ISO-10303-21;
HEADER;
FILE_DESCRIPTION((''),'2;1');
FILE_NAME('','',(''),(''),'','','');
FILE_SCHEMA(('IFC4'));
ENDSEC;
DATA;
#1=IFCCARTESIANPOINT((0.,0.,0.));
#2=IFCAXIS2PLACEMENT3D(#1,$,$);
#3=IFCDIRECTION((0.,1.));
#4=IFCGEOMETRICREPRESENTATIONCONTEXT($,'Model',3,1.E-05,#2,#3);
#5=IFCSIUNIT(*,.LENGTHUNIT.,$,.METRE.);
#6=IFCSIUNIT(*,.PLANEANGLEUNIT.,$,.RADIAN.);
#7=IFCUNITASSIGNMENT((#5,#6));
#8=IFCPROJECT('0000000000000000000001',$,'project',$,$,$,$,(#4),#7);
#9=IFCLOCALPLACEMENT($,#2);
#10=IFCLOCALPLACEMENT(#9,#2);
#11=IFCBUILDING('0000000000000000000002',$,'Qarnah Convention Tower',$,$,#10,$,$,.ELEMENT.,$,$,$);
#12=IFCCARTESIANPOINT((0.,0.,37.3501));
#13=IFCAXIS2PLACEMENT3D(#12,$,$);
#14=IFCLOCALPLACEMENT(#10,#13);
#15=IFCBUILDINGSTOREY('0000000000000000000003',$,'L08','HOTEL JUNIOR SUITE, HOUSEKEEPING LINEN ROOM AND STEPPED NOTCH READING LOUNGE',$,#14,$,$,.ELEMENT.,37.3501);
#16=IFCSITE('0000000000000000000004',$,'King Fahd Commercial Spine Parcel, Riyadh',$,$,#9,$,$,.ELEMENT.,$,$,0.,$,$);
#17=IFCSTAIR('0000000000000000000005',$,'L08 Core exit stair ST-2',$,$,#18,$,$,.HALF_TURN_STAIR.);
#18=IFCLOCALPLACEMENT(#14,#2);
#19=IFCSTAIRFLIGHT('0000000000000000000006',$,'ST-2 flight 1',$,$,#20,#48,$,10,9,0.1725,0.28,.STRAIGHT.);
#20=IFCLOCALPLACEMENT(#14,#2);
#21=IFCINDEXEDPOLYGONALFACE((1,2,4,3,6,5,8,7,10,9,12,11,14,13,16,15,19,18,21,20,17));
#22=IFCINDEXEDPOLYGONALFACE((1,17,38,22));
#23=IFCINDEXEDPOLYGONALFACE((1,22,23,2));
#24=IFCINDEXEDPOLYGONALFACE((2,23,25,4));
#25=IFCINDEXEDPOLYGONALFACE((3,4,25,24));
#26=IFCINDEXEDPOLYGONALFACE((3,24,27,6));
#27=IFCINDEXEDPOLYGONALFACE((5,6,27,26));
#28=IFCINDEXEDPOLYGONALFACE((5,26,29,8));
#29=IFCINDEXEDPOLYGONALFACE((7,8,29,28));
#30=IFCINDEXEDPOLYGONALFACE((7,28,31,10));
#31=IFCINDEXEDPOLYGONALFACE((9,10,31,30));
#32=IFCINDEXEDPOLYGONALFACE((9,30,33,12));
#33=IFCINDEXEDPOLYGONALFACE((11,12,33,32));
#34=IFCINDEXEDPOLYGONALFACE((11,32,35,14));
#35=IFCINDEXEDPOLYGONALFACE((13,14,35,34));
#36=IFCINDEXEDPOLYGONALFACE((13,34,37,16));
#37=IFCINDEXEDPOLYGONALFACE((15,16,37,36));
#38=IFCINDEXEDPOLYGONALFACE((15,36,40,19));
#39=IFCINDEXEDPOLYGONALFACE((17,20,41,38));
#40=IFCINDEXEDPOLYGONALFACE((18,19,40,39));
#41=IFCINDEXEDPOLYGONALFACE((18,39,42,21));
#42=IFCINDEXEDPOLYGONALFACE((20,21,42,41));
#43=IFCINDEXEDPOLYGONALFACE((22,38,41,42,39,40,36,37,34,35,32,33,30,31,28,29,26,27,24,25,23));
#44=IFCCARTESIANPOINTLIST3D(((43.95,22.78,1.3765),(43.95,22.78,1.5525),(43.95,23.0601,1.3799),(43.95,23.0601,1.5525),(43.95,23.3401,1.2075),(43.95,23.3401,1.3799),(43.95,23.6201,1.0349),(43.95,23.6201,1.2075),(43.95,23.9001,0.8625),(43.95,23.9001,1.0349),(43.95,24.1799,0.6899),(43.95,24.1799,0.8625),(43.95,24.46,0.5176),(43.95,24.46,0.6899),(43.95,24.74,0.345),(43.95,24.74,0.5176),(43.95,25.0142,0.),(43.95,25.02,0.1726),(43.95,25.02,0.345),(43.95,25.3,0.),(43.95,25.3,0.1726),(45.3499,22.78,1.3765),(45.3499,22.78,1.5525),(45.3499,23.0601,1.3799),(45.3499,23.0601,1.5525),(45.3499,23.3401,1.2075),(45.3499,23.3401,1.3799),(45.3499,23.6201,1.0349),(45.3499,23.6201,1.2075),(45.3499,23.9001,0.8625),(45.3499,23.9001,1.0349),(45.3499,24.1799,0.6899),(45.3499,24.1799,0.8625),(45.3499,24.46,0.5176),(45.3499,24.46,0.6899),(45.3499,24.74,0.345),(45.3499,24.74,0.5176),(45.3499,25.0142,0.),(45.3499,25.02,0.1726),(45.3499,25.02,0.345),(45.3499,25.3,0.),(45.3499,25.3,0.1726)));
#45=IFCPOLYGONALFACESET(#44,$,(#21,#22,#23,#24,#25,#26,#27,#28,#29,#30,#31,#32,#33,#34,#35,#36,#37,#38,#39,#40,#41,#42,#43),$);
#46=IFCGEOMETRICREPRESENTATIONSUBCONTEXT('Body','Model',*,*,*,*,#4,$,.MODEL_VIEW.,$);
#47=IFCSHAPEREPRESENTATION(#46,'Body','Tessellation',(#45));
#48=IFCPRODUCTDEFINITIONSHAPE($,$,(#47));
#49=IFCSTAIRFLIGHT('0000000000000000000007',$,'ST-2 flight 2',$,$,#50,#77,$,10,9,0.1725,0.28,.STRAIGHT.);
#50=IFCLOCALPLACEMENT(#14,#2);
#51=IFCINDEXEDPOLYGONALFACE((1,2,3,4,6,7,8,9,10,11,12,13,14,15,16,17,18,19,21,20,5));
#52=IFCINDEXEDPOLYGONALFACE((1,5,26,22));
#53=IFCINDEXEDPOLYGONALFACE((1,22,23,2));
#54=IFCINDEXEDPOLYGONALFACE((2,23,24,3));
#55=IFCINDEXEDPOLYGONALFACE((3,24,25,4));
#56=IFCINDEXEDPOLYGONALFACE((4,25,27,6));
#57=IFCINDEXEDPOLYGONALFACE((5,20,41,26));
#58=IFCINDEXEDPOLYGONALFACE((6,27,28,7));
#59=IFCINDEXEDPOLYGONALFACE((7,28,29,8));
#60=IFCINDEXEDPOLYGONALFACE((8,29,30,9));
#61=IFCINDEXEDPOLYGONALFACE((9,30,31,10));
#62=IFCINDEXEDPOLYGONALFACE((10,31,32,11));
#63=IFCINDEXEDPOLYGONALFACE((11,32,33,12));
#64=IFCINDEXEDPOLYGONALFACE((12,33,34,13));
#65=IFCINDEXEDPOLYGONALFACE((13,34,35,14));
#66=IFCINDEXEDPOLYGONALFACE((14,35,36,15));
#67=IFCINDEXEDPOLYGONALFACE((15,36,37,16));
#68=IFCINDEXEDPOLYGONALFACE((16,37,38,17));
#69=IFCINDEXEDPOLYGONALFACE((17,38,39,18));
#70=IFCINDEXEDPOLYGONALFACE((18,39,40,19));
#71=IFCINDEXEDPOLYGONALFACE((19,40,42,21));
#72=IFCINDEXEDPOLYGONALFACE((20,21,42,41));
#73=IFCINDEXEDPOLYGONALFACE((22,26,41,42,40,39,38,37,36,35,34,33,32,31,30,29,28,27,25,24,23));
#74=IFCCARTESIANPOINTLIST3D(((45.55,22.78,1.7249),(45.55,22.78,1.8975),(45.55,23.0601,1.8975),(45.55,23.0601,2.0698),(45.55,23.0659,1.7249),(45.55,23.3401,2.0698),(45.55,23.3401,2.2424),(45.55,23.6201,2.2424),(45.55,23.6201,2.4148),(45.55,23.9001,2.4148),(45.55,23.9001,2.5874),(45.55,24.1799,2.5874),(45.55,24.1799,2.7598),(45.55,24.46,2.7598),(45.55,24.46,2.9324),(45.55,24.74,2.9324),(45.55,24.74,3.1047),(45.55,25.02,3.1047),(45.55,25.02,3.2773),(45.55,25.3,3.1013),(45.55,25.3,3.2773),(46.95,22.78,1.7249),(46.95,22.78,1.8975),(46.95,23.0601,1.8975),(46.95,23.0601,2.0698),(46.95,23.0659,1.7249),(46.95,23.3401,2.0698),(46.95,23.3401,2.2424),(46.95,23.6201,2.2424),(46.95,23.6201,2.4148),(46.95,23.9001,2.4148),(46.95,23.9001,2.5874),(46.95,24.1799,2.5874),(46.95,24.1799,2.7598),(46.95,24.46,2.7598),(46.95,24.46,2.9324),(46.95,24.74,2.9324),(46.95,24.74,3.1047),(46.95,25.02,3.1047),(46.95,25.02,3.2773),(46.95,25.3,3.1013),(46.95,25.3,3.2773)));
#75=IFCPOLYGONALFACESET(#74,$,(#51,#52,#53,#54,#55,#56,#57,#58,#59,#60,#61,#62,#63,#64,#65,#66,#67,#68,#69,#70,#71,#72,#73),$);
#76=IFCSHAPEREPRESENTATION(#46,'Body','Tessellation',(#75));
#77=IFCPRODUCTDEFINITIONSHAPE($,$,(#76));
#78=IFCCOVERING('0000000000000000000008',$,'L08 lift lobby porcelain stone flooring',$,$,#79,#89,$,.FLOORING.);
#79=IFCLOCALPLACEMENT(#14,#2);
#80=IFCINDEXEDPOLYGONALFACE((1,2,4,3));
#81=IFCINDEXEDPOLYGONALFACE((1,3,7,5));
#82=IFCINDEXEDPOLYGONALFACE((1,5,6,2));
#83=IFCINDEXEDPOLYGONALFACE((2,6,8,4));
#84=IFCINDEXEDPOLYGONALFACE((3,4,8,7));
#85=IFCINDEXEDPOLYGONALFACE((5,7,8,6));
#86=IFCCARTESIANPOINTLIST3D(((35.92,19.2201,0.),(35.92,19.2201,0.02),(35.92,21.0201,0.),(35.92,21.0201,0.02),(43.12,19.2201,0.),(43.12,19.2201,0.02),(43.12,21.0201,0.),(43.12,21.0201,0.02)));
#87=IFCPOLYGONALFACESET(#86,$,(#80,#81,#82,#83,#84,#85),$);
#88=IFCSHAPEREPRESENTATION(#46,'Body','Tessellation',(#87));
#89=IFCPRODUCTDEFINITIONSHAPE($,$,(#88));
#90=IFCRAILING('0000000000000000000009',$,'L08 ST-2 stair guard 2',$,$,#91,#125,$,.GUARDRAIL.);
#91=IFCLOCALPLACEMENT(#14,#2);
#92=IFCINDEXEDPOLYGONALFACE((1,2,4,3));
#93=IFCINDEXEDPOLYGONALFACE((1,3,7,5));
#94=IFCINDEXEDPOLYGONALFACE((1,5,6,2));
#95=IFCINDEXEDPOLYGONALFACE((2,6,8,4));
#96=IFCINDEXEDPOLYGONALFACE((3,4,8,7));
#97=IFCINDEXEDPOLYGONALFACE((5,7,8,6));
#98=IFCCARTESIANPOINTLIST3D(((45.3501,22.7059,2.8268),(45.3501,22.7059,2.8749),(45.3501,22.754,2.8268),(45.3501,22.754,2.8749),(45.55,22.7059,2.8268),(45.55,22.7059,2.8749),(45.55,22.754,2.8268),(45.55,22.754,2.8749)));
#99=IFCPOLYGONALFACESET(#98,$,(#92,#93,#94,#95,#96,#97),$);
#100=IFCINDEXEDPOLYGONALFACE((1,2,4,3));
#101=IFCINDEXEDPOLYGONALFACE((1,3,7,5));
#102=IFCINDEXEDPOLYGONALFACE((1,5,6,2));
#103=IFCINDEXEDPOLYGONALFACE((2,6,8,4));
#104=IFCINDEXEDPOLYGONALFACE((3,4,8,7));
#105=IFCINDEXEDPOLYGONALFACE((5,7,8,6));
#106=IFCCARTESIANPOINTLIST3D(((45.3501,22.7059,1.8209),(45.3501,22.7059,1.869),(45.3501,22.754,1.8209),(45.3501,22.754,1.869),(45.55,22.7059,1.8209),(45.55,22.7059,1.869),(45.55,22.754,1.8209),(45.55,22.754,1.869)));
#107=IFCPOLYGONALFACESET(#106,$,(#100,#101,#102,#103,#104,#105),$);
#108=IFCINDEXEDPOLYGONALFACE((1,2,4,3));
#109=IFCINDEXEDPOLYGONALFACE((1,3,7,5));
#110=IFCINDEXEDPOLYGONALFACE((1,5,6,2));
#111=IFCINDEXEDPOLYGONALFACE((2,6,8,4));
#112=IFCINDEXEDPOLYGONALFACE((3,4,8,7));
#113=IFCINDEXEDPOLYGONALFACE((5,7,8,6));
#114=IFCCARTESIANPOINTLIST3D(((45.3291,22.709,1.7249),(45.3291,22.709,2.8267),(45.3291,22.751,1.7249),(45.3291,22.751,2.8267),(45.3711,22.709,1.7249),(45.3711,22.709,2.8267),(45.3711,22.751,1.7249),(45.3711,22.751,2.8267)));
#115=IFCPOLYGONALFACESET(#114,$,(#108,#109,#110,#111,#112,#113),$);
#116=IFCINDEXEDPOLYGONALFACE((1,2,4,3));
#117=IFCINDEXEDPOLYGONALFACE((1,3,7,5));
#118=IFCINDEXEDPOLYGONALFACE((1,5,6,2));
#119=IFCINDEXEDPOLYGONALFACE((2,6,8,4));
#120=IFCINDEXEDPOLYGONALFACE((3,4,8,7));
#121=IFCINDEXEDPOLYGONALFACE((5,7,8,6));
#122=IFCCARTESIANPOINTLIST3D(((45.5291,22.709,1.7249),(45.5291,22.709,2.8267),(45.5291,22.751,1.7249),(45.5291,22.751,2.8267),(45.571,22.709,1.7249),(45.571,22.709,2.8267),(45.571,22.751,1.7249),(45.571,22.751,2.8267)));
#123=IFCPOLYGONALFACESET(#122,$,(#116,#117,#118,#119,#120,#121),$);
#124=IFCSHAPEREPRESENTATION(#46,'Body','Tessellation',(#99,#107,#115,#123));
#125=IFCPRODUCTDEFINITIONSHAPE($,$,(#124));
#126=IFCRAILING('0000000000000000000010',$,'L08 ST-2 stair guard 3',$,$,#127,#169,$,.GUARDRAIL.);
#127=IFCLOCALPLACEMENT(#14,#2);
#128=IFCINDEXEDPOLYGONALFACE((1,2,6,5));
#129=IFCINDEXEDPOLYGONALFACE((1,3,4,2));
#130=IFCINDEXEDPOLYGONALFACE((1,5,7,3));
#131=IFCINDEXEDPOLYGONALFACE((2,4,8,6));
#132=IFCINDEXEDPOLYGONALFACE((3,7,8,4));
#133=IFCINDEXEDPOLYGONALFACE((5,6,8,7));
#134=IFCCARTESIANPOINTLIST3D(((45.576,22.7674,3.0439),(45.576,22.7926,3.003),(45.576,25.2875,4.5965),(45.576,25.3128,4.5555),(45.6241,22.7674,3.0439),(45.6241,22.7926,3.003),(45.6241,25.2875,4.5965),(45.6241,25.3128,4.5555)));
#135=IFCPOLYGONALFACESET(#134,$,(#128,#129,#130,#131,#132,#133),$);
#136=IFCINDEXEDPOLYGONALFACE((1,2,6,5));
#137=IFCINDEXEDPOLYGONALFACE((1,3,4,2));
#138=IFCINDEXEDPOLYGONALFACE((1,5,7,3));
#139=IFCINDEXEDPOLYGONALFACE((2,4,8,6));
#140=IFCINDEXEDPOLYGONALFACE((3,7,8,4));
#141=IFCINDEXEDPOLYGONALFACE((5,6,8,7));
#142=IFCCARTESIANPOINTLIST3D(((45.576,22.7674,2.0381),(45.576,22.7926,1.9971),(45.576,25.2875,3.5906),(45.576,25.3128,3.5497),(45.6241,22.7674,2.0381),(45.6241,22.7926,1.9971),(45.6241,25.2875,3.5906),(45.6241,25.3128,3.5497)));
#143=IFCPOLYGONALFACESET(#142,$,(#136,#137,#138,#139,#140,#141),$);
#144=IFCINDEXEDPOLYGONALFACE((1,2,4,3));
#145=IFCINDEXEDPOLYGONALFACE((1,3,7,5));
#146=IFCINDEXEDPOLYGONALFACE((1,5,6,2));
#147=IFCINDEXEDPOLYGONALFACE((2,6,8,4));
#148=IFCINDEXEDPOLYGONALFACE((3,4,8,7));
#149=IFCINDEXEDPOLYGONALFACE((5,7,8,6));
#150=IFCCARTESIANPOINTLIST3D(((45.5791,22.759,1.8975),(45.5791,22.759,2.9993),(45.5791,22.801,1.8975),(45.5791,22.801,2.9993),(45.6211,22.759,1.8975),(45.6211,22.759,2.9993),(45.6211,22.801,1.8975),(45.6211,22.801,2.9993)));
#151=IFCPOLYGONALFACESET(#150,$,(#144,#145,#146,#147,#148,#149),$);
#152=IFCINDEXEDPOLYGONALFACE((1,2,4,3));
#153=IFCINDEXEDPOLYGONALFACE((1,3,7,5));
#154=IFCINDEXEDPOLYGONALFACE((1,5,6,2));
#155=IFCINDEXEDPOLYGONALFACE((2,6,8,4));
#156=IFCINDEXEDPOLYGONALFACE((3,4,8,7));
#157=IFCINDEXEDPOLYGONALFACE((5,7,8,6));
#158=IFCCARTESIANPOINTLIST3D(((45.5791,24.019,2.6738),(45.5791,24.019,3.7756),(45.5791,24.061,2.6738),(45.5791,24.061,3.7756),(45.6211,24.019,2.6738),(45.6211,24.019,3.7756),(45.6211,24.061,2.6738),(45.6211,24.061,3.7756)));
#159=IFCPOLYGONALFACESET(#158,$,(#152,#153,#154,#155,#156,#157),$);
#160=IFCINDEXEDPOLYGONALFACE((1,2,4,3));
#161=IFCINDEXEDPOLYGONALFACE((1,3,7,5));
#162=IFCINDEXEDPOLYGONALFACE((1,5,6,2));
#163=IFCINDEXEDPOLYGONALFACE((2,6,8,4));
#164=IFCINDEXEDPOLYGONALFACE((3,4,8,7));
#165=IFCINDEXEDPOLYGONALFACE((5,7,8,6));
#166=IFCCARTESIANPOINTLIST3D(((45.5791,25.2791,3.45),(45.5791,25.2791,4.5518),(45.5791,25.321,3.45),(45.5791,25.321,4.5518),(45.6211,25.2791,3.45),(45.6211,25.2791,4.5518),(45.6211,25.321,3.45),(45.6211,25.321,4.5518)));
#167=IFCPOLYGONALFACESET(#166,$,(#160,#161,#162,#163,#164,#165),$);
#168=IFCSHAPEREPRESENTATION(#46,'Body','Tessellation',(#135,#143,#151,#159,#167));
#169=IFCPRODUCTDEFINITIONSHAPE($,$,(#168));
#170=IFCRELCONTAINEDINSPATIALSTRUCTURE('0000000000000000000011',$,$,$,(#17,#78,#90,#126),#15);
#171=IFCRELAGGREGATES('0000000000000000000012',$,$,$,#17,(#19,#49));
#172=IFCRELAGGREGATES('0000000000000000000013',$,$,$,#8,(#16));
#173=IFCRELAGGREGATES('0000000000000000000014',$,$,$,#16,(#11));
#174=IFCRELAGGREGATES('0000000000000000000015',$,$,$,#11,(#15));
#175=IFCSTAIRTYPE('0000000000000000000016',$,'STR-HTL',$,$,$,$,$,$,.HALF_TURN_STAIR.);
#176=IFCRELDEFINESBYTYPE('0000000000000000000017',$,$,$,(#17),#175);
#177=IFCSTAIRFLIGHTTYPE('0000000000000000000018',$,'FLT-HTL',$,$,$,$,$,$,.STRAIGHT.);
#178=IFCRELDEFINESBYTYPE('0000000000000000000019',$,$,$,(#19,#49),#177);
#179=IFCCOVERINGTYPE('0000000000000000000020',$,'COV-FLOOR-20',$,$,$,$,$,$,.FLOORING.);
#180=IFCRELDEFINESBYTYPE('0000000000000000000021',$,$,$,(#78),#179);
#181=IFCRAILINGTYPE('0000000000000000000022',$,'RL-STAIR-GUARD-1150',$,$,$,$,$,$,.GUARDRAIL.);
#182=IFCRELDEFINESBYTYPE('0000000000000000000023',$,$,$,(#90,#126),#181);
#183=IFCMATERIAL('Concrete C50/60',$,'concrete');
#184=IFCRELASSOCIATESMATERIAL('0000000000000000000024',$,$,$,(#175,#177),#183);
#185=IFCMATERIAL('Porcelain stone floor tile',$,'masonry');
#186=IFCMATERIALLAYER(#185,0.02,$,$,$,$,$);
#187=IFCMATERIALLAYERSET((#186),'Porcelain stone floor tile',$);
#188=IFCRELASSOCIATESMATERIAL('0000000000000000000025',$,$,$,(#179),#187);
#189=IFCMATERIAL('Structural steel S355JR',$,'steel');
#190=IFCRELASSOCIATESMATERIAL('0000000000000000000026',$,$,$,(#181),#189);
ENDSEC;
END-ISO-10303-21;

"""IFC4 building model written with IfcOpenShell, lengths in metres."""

from ifc_helpers import new_model, si_unit, direction, frame, origin, origin_2d, place, context, subcontext, project, spatial, polyline, rectangle, outline, extrude, material, layer, layer_set, type_object, element, aggregate, save


model = new_model("IFC4")

# Units and contexts
model_context = context("Model", 3, precision=1e-05, world=origin(), true_north=direction((0.0, 1.0)))
body_context = subcontext(model_context, "Body", "Model", "MODEL_VIEW")
ifc_project = project(units=[si_unit("LENGTHUNIT", "METRE"), si_unit("PLANEANGLEUNIT", "RADIAN")], contexts=[model_context])

# Site, building, storey
site_placement = place(None, origin())
site = spatial("IfcSite", under=ifc_project, at=site_placement, Name="King Fahd Commercial Spine Parcel, Riyadh", CompositionType="ELEMENT", RefElevation=0.0)
building_placement = place(site_placement, origin())
building = spatial("IfcBuilding", under=site, at=building_placement, Name="Qarnah Convention Tower", CompositionType="ELEMENT")
storey_placement = place(building_placement, frame((0.0, 0.0, 37.3501)))
storey = spatial("IfcBuildingStorey", under=building, at=storey_placement, Name="L08", Description="HOTEL JUNIOR SUITE, HOUSEKEEPING LINEN ROOM AND STEPPED NOTCH READING LOUNGE", CompositionType="ELEMENT", Elevation=37.3501)

# Shared definitions
ifc_material_1 = material(Name="Structural steel S355JR", Category="steel")

# Stair, stair flights
ifc_material_2 = material(Name="Concrete C50/60", Category="concrete")
stair_type = type_object("IfcStairType", Name="STR-HTL", PredefinedType="HALF_TURN_STAIR", material=ifc_material_2)
stair_placement = place(storey_placement, origin())
stair = element("IfcStair", 1, at=stair_placement, inside=storey, type_object=stair_type, Name="L08 Core exit stair ST-2", PredefinedType="HALF_TURN_STAIR")
stair_flight_type = type_object("IfcStairFlightType", Name="FLT-HTL", PredefinedType="STRAIGHT", material=ifc_material_2)
stair_flight_1_placement = place(storey_placement, frame((44.6499, 25.3, 0.0), z_axis=(0.0, 0.0, 1.0), x_axis=(0.0, -1.0, 0.0)))
stair_flight_1 = element("IfcStairFlight", 2, at=stair_flight_1_placement, type_object=stair_flight_type, Name="ST-2 flight 1", NumberOfRisers=10, NumberOfTreads=9, PredefinedType="STRAIGHT", RiserHeight=0.1725, TreadLength=0.28, context=body_context, shape_type="SweptSolid", body=[
    extrude(outline(polyline([(0.0, 0.0), (0.0, 0.1726), (0.28, 0.1726), (0.28, 0.345), (0.5601, 0.345), (0.5601, 0.5176), (0.8401, 0.5176), (0.8401, 0.6899), (1.1201, 0.6899), (1.1201, 0.8625), (1.3999, 0.8625), (1.3999, 1.0349), (1.6799, 1.0349), (1.6799, 1.2075), (1.96, 1.2075), (1.96, 1.3799), (2.24, 1.3799), (2.24, 1.5525), (2.52, 1.5525), (2.52, 1.7251), (2.52, 1.3765), (0.2859, 0.0), (0.0, 0.0)])), frame((0.0, 0.7, 0.0), z_axis=(0.0, -1.0, 0.0), x_axis=(1.0, 0.0, 0.0)), (0.0, 0.0, 1.0), 1.3999),
])
stair_flight_2_placement = place(storey_placement, frame((46.25, 22.78, 1.7249), z_axis=(0.0, 0.0, 1.0), x_axis=(0.0, 1.0, 0.0)))
stair_flight_2 = element("IfcStairFlight", 3, at=stair_flight_2_placement, type_object=stair_flight_type, Name="ST-2 flight 2", NumberOfRisers=10, NumberOfTreads=9, PredefinedType="STRAIGHT", RiserHeight=0.1725, TreadLength=0.28, context=body_context, shape_type="SweptSolid", body=[
    extrude(outline(polyline([(0.0, 0.0), (0.0, 0.1726), (0.28, 0.1726), (0.28, 0.345), (0.5601, 0.345), (0.5601, 0.5176), (0.8401, 0.5176), (0.8401, 0.6899), (1.1201, 0.6899), (1.1201, 0.8625), (1.3999, 0.8625), (1.3999, 1.0349), (1.6799, 1.0349), (1.6799, 1.2075), (1.96, 1.2075), (1.96, 1.3799), (2.24, 1.3799), (2.24, 1.5525), (2.52, 1.5525), (2.52, 1.7251), (2.52, 1.3765), (0.2859, 0.0), (0.0, 0.0)])), frame((0.0, 0.7, 0.0), z_axis=(0.0, -1.0, 0.0), x_axis=(1.0, 0.0, 0.0)), (0.0, 0.0, 1.0), 1.3999),
])
aggregate(stair, [stair_flight_1, stair_flight_2])

# Covering
ifc_material_3 = material(Name="Porcelain stone floor tile", Category="masonry")
ifc_layer_1 = layer(ifc_material_3, 0.02)
ifc_layer_set_1 = layer_set([ifc_layer_1], Name="Porcelain stone floor tile")
covering_type = type_object("IfcCoveringType", Name="COV-FLOOR-20", PredefinedType="FLOORING", material=ifc_layer_set_1)
covering_placement = place(storey_placement, frame((39.52, 20.1201, 0.0), z_axis=(0.0, 0.0, 1.0), x_axis=(1.0, 0.0, 0.0)))
element("IfcCovering", 4, at=covering_placement, inside=storey, type_object=covering_type, Name="L08 lift lobby porcelain stone flooring", PredefinedType="FLOORING", context=body_context, shape_type="SweptSolid", body=[
    extrude(rectangle(XDim=7.2, YDim=1.8, at=origin_2d()), origin(), (0.0, 0.0, 1.0), 0.02),
])

# Railings
railing_type_1 = type_object("IfcRailingType", Name="RL-STAIR-GUARD-1150", PredefinedType="GUARDRAIL", material=ifc_material_1)
railing_1_placement = place(storey_placement, frame((45.3501, 22.73, 1.7249)))
element("IfcRailing", 5, at=railing_1_placement, inside=storey, type_object=railing_type_1, Name="L08 ST-2 stair guard 2", PredefinedType="GUARDRAIL", context=body_context, shape_type="SweptSolid", body=[
    extrude(rectangle(XDim=0.0481, YDim=0.0481, at=origin_2d()), frame((0.0, 0.0, 1.126), z_axis=(1.0, 0.0, 0.0), x_axis=(0.0, 1.0, 0.0)), (0.0, 0.0, 1.0), 0.2),
    extrude(rectangle(XDim=0.0481, YDim=0.0481, at=origin_2d()), frame((0.0, 0.0, 0.1201), z_axis=(1.0, 0.0, 0.0), x_axis=(0.0, 1.0, 0.0)), (0.0, 0.0, 1.0), 0.2),
    extrude(rectangle(XDim=0.042, YDim=0.042, at=origin_2d()), origin(), (0.0, 0.0, 1.0), 1.1018),
    extrude(rectangle(XDim=0.042, YDim=0.042, at=origin_2d()), frame((0.2, 0.0, 0.0)), (0.0, 0.0, 1.0), 1.1018),
])
railing_2_placement = place(storey_placement, frame((45.6001, 22.78, 1.8975)))
element("IfcRailing", 6, at=railing_2_placement, inside=storey, type_object=railing_type_1, Name="L08 ST-2 stair guard 3", PredefinedType="GUARDRAIL", context=body_context, shape_type="SweptSolid", body=[
    extrude(rectangle(XDim=0.0481, YDim=0.0481, at=origin_2d()), frame((0.0, 0.0, 1.126), z_axis=(0.0, 0.8514, 0.524516), x_axis=(-1.0, 0.0, 0.0)), (0.0, 0.0, 1.0), 2.96),
    extrude(rectangle(XDim=0.0481, YDim=0.0481, at=origin_2d()), frame((0.0, 0.0, 0.1201), z_axis=(0.0, 0.8514, 0.524516), x_axis=(-1.0, 0.0, 0.0)), (0.0, 0.0, 1.0), 2.96),
    extrude(rectangle(XDim=0.042, YDim=0.042, at=origin_2d()), origin(), (0.0, 0.0, 1.0), 1.1018),
    extrude(rectangle(XDim=0.042, YDim=0.042, at=origin_2d()), frame((0.0, 1.26, 0.7764)), (0.0, 0.0, 1.0), 1.1018),
    extrude(rectangle(XDim=0.042, YDim=0.042, at=origin_2d()), frame((0.0, 2.52, 1.5525)), (0.0, 0.0, 1.0), 1.1018),
])

save(model, "model.ifc")
